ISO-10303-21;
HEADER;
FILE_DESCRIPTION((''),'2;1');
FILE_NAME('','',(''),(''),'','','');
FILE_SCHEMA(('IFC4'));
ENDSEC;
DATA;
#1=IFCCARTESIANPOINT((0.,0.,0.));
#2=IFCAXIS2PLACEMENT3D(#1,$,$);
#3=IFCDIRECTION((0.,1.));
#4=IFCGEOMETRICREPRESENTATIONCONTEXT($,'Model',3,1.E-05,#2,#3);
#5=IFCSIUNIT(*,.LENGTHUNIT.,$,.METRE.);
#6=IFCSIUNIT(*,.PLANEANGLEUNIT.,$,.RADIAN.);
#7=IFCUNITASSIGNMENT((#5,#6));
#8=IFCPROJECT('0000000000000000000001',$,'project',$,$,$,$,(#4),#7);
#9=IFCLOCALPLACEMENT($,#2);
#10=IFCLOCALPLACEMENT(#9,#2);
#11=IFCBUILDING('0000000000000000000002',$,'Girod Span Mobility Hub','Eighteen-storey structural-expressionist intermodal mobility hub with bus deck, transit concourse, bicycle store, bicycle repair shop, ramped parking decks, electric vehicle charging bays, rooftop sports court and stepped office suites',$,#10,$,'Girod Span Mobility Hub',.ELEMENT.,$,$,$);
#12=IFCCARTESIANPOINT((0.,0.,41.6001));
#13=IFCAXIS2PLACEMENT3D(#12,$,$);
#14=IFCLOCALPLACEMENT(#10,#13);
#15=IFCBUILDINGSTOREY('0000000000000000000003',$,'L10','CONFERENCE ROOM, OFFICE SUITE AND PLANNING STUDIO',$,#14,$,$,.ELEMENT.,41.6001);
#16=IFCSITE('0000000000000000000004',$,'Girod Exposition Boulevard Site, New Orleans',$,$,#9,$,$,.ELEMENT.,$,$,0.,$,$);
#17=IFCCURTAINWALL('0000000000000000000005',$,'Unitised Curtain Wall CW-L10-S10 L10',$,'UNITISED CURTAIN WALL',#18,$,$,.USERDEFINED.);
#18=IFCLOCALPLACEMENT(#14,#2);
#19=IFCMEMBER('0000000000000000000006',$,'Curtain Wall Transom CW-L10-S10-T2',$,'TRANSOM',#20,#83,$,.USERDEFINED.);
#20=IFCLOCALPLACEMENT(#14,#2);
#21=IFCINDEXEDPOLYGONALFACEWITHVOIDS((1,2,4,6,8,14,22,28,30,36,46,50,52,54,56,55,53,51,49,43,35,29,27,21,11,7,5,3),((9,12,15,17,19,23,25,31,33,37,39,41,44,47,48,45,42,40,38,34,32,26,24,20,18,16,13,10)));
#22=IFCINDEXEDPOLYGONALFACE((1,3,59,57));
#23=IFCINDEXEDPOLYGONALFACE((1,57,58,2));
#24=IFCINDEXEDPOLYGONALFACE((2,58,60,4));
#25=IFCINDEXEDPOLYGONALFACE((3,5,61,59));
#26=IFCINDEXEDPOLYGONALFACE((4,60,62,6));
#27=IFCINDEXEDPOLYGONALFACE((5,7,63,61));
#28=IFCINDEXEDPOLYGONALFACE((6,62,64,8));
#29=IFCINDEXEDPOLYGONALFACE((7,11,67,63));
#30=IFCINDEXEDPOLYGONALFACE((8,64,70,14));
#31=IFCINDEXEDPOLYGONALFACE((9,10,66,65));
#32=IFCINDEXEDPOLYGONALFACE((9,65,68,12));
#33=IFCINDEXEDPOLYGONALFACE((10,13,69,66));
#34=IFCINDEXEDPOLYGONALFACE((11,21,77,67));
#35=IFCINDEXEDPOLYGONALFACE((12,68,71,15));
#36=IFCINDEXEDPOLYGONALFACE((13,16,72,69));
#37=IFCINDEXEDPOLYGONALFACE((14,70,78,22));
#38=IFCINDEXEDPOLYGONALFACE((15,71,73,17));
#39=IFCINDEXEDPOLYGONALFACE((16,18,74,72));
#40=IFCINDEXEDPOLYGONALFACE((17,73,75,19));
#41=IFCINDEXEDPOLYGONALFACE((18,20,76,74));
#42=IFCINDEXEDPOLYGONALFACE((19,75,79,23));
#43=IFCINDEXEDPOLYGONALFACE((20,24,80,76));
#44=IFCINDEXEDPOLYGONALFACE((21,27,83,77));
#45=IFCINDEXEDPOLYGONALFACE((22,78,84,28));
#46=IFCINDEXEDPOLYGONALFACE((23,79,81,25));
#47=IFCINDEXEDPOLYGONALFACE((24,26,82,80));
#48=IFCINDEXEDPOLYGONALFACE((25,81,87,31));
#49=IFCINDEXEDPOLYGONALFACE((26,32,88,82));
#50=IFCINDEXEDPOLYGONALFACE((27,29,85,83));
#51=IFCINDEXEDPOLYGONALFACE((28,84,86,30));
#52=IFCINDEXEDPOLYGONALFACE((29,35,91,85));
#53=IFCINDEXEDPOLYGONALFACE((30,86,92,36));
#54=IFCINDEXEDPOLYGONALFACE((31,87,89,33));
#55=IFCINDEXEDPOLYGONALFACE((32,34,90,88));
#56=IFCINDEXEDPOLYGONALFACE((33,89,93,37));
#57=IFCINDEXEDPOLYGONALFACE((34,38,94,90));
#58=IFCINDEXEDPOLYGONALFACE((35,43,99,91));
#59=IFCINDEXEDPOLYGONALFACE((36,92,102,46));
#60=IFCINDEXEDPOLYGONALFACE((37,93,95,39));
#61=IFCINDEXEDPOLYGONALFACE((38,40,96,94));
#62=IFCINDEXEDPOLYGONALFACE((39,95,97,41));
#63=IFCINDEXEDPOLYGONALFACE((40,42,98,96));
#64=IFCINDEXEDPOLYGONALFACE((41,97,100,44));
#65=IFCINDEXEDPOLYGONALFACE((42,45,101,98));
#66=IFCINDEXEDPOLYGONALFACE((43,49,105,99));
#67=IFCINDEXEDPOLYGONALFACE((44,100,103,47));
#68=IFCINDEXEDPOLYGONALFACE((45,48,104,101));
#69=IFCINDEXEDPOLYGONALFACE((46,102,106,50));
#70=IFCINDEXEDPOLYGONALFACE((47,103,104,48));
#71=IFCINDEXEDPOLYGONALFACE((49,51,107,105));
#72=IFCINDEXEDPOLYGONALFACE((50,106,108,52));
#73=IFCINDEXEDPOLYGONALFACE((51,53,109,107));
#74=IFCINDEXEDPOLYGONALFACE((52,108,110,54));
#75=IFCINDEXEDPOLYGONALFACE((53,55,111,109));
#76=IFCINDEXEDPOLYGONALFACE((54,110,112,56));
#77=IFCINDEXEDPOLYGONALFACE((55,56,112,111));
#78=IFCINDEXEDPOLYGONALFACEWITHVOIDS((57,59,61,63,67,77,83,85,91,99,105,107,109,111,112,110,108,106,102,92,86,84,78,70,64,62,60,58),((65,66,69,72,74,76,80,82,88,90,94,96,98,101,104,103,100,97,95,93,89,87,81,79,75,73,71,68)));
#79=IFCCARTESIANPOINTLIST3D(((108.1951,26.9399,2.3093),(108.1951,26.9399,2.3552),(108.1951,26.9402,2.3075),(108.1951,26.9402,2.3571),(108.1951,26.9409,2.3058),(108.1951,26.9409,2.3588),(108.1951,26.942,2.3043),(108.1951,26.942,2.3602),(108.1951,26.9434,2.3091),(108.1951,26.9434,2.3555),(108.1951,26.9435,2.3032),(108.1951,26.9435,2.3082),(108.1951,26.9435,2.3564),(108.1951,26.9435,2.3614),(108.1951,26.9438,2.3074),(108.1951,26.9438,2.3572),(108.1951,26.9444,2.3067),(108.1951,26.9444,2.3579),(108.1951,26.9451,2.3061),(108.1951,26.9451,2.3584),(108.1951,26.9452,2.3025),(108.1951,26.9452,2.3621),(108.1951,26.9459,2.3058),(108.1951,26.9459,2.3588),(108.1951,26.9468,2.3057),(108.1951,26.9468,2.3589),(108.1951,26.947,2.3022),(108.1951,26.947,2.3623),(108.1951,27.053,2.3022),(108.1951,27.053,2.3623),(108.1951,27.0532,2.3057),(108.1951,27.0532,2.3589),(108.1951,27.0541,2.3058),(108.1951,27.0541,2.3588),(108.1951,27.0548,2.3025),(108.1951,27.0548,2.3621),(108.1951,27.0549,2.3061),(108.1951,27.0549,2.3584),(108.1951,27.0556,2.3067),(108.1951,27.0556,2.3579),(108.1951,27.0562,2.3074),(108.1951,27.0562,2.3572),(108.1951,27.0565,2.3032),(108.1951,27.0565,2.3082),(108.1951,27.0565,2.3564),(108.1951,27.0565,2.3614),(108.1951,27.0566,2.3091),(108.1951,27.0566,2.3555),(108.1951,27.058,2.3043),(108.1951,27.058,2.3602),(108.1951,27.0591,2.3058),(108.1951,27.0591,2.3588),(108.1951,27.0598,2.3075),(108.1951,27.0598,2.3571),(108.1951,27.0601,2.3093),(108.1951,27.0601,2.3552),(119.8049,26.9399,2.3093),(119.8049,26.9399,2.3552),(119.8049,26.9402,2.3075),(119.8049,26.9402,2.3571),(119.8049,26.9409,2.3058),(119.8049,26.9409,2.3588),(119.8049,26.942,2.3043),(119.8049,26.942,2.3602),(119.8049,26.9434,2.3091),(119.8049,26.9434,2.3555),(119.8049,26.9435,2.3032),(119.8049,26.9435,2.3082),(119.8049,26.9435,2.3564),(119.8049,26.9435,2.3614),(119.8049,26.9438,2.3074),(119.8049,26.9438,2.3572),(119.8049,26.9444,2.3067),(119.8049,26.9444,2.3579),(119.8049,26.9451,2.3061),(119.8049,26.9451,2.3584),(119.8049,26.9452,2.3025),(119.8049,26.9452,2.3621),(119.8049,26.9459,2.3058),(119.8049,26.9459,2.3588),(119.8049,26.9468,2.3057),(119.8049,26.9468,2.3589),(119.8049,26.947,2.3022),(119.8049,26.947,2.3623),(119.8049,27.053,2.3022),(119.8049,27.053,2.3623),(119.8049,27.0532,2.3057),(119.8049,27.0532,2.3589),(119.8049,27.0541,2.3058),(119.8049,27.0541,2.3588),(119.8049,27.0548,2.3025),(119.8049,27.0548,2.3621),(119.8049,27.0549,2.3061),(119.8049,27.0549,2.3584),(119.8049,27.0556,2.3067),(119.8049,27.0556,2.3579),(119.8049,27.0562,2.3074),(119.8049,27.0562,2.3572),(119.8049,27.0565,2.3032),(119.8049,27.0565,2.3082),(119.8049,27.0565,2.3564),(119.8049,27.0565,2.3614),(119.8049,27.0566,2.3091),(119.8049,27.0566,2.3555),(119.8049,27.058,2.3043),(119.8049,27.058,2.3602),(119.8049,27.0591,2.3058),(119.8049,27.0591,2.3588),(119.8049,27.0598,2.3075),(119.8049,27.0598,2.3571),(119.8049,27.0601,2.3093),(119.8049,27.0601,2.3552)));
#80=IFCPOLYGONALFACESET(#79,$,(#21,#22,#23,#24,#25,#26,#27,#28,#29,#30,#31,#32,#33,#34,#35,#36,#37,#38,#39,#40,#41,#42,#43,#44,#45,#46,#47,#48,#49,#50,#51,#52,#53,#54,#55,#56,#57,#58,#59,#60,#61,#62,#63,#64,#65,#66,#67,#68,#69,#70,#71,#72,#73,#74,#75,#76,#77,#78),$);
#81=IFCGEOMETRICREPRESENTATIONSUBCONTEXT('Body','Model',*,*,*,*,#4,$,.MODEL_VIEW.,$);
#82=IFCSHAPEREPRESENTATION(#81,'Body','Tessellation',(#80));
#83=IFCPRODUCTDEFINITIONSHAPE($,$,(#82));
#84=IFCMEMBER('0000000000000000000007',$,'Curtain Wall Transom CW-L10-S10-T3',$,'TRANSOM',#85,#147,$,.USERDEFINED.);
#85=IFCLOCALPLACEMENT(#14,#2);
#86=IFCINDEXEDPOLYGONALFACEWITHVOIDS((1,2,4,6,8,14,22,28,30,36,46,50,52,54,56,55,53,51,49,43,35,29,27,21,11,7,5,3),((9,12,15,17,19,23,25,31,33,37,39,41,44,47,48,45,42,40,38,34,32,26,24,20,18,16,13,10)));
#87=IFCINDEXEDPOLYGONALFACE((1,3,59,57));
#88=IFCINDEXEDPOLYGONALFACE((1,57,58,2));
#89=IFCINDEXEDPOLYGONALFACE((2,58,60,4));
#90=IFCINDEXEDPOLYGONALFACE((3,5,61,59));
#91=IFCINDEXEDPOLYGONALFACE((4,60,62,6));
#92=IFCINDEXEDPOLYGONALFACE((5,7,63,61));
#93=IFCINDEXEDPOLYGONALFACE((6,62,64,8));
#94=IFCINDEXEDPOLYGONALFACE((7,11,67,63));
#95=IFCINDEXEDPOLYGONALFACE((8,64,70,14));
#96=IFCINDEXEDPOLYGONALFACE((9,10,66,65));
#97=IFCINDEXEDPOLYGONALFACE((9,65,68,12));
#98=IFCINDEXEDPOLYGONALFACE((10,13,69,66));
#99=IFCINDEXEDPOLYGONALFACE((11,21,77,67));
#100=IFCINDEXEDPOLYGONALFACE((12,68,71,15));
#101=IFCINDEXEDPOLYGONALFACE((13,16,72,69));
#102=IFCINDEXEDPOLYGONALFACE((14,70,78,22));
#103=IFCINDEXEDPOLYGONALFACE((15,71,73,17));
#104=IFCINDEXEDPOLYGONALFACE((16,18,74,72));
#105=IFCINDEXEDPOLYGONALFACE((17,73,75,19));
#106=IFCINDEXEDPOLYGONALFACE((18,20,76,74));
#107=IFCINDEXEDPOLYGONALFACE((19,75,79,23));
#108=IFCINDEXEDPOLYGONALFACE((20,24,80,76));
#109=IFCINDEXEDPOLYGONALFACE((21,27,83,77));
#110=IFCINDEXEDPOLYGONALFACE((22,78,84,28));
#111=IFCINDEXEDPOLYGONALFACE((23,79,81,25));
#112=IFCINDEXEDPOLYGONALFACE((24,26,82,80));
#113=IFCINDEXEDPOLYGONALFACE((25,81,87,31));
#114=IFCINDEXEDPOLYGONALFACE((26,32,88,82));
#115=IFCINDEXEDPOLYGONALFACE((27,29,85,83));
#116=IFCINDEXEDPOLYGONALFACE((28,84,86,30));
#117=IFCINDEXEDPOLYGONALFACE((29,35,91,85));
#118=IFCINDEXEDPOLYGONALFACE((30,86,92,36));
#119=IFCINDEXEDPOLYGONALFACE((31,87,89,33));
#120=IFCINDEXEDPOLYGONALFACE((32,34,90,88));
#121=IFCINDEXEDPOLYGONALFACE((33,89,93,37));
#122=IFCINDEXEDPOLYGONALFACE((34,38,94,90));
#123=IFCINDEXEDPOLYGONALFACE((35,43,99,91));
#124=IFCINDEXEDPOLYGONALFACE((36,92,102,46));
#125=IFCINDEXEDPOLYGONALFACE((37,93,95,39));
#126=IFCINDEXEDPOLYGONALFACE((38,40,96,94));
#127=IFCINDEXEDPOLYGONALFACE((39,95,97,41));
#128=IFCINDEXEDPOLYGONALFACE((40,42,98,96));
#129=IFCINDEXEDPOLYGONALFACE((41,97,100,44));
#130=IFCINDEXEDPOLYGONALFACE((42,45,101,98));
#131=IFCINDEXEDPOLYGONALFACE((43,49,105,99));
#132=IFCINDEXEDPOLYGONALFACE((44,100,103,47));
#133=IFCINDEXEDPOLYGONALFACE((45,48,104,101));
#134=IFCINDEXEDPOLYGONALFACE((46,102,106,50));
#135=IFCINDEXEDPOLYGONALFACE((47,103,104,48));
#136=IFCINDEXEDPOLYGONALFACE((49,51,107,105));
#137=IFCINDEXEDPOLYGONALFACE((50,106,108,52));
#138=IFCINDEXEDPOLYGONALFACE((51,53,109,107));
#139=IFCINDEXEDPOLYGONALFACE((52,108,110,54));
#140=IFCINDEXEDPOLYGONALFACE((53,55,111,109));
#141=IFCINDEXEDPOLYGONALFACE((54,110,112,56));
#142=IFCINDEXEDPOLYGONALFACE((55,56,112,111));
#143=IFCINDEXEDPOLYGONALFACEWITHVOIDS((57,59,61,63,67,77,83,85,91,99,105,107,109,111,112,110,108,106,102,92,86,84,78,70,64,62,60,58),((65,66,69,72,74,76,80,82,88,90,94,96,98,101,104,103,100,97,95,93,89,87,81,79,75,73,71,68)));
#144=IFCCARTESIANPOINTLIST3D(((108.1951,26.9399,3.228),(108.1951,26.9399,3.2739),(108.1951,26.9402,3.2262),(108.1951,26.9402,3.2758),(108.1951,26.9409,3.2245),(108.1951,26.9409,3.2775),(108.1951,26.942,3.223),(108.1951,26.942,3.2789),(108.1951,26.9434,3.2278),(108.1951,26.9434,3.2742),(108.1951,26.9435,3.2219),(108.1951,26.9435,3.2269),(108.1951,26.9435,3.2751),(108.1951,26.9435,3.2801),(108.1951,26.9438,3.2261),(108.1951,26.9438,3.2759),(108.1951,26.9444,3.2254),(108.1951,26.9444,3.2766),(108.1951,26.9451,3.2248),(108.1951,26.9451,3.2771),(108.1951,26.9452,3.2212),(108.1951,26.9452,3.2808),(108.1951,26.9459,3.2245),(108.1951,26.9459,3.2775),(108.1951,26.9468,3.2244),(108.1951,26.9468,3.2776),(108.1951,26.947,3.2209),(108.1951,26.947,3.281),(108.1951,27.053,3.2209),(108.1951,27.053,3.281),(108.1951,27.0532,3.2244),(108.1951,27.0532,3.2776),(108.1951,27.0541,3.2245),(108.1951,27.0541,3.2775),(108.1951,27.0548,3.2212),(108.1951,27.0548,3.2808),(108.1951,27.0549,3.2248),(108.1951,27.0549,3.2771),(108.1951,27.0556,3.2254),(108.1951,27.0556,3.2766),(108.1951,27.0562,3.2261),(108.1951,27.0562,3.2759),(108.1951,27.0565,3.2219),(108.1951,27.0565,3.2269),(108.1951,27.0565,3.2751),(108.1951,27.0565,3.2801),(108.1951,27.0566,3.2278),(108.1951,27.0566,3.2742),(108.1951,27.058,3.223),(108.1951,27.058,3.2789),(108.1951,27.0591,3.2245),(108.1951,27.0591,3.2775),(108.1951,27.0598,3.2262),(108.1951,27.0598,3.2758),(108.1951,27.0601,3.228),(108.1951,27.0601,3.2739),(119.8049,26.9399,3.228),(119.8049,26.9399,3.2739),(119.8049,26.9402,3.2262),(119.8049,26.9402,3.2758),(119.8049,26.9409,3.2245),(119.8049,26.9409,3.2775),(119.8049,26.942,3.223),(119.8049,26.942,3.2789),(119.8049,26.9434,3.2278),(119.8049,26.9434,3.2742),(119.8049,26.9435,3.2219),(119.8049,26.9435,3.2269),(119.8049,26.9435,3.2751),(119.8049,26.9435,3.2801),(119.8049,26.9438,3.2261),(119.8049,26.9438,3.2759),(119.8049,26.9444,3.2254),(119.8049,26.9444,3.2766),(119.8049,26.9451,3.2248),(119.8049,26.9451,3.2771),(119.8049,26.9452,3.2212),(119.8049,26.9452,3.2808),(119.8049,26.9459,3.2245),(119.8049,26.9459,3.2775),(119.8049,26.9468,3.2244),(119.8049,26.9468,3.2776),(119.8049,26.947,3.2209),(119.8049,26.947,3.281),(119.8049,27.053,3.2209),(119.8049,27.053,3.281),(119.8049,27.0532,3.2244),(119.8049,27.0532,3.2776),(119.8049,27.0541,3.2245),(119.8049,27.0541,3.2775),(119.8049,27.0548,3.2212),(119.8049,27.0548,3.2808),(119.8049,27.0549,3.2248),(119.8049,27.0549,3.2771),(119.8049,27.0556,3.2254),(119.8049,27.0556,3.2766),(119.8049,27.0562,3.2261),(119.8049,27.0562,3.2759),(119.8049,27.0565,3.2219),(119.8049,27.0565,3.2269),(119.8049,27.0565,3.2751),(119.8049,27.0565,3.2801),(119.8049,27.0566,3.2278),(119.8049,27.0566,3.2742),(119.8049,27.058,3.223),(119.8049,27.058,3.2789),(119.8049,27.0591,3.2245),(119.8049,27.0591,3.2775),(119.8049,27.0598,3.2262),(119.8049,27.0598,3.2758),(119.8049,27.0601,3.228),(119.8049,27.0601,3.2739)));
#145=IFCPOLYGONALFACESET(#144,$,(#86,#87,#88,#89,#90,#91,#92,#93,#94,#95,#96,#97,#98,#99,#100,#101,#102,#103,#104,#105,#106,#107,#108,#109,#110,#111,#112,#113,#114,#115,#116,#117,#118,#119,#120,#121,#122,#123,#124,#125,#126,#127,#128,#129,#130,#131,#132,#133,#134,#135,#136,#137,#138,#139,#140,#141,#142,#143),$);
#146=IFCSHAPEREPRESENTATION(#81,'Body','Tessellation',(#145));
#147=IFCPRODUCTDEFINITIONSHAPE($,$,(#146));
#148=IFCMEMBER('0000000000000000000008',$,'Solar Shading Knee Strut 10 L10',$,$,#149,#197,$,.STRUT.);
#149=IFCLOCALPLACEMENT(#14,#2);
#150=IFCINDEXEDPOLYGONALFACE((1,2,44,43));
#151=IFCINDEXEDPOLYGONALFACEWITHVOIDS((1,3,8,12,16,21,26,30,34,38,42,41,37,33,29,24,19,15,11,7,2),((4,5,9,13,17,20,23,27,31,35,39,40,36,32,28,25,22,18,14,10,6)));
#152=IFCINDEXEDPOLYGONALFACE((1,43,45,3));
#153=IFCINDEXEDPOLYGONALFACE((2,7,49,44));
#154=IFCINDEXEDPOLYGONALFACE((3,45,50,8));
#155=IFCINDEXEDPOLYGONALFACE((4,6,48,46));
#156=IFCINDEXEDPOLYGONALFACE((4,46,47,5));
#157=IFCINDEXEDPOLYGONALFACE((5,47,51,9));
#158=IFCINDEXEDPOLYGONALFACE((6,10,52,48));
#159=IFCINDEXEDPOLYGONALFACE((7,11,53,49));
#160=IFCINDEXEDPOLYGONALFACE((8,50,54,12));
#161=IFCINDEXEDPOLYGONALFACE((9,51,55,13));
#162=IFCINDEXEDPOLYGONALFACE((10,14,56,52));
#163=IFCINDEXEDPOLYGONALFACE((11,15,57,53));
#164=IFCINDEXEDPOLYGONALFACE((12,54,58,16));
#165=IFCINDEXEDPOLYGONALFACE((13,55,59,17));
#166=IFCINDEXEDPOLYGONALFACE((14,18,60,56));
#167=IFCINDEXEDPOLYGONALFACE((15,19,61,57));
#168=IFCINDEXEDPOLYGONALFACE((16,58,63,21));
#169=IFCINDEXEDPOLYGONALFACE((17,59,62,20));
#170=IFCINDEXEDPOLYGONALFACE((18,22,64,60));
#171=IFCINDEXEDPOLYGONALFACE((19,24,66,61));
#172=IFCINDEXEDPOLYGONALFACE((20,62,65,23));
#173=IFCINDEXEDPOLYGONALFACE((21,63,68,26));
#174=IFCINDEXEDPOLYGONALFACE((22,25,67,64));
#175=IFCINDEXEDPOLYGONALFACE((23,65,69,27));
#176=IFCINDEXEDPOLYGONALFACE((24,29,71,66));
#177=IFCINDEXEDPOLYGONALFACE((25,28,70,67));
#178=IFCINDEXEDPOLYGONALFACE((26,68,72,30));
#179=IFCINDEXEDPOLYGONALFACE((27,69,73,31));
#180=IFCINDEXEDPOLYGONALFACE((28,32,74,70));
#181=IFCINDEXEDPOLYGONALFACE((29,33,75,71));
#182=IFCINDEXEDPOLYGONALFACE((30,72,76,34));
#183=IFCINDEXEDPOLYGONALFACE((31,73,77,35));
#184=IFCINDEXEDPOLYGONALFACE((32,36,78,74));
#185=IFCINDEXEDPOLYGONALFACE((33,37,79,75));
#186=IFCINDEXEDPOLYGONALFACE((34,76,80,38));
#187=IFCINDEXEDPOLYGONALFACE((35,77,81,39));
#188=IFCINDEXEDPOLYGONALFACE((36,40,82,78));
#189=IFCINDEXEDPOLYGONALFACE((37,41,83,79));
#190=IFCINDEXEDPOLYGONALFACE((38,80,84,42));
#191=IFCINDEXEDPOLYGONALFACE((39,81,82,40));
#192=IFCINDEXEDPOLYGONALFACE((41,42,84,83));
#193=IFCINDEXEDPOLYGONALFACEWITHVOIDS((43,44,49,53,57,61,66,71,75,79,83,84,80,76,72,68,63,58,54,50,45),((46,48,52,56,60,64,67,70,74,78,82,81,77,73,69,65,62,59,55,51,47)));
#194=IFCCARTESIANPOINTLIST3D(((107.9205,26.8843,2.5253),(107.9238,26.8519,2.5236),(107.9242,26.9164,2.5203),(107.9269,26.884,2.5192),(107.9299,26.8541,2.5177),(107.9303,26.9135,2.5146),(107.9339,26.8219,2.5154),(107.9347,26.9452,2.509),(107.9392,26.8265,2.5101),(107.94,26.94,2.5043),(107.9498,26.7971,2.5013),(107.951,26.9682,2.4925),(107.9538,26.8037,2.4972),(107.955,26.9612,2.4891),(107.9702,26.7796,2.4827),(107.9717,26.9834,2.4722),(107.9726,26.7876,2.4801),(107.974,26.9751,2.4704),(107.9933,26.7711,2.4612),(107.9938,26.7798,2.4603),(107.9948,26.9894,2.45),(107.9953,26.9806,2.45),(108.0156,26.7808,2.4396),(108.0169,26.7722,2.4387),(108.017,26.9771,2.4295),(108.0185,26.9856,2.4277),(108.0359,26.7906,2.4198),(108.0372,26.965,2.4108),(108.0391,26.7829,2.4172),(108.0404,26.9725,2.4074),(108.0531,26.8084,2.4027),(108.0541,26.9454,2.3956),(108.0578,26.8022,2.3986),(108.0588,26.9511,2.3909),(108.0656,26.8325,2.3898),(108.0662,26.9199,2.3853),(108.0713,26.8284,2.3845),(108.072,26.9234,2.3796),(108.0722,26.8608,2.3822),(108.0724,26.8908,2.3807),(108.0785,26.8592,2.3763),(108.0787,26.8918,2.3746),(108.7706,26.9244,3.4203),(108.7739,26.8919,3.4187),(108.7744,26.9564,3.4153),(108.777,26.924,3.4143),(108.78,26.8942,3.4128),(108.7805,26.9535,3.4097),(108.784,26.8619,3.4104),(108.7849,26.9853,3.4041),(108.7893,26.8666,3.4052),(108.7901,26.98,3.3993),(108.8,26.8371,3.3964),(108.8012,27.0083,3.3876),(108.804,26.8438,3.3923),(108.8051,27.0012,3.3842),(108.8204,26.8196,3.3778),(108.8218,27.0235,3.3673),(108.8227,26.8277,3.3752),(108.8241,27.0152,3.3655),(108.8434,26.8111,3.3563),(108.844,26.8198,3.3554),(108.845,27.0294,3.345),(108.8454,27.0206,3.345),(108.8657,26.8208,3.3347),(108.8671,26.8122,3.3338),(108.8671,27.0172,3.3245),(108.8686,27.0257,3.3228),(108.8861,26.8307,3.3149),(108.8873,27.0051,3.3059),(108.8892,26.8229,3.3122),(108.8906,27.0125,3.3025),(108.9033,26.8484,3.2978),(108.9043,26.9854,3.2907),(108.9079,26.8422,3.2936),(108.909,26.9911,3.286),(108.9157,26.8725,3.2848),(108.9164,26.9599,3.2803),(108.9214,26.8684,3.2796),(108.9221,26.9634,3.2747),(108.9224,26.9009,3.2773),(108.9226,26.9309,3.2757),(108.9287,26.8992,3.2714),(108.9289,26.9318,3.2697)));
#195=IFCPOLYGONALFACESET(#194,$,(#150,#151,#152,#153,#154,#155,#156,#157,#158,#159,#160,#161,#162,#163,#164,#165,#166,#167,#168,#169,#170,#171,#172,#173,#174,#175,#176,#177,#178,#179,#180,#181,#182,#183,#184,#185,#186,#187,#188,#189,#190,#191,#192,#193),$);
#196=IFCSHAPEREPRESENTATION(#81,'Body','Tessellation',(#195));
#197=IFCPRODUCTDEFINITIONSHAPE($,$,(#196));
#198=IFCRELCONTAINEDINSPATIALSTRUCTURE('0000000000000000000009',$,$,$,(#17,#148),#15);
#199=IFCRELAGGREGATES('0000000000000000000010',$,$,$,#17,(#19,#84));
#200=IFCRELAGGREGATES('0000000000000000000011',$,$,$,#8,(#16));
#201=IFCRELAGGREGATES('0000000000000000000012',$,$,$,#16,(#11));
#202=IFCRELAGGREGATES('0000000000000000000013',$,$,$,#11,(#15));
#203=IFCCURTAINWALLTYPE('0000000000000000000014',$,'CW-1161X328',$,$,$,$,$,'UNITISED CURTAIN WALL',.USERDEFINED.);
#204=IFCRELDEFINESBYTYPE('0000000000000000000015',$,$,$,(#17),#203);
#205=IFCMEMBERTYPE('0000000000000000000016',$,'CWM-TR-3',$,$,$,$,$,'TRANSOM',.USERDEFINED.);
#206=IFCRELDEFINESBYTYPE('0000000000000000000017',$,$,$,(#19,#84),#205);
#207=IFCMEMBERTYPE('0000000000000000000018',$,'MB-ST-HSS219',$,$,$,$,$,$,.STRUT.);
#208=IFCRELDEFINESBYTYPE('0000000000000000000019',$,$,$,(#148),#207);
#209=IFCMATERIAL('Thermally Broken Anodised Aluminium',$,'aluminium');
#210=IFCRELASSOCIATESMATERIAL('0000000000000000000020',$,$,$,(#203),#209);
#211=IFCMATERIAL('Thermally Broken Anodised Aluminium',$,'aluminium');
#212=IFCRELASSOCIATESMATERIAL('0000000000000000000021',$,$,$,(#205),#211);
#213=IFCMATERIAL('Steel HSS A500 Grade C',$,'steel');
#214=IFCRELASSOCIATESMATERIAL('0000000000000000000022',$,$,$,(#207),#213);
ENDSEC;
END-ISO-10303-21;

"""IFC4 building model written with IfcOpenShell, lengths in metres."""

from ifc_helpers import new_model, si_unit, direction, frame, origin, origin_2d, place, context, subcontext, project, spatial, hollow_rectangle, hollow_circle, extrude, material, material_profile, profile_set, type_object, element, aggregate, save


model = new_model("IFC4")

# Units and contexts
model_context = context("Model", 3, precision=1e-05, world=origin(), true_north=direction((0.0, 1.0)))
body_context = subcontext(model_context, "Body", "Model", "MODEL_VIEW")
ifc_project = project(units=[si_unit("LENGTHUNIT", "METRE"), si_unit("PLANEANGLEUNIT", "RADIAN")], contexts=[model_context])

# Site, building, storey
site_placement = place(None, origin())
site = spatial("IfcSite", under=ifc_project, at=site_placement, Name="Girod Exposition Boulevard Site, New Orleans", CompositionType="ELEMENT", RefElevation=0.0)
building_placement = place(site_placement, origin())
building = spatial("IfcBuilding", under=site, at=building_placement, Name="Girod Span Mobility Hub", Description="Eighteen-storey structural-expressionist intermodal mobility hub with bus deck, transit concourse, bicycle store, bicycle repair shop, ramped parking decks, electric vehicle charging bays, rooftop sports court and stepped office suites", LongName="Girod Span Mobility Hub", CompositionType="ELEMENT")
storey_placement = place(building_placement, frame((0.0, 0.0, 41.6001)))
storey = spatial("IfcBuildingStorey", under=building, at=storey_placement, Name="L10", Description="CONFERENCE ROOM, OFFICE SUITE AND PLANNING STUDIO", CompositionType="ELEMENT", Elevation=41.6001)

# Shared definitions
ifc_material_1 = material(Name="Thermally Broken Anodised Aluminium", Category="aluminium")
curtain_wall_type = type_object("IfcCurtainWallType", Name="CW-1161X328", ElementType="UNITISED CURTAIN WALL", PredefinedType="USERDEFINED", material=ifc_material_1)

# Curtain wall
curtain_wall_1_placement = place(storey_placement, origin())
curtain_wall_1 = element("IfcCurtainWall", 1, at=curtain_wall_1_placement, inside=storey, type_object=curtain_wall_type, Name="Unitised Curtain Wall CW-L10-S10 L10", ObjectType="UNITISED CURTAIN WALL", PredefinedType="USERDEFINED")

# Members
ifc_material_2 = material(Name="Thermally Broken Anodised Aluminium", Category="aluminium")
ifc_material_profile_1 = material_profile(ifc_material_2, hollow_rectangle(XDim=0.1201, YDim=0.0601, WallThickness=0.0034, InnerFilletRadius=0.0034, OuterFilletRadius=0.0071, at=origin_2d()), Name="CW-TR-60X120")
ifc_profile_set_1 = profile_set([ifc_material_profile_1], Name="Thermally Broken Anodised Aluminium")
member_type_1 = type_object("IfcMemberType", Name="CWM-TR-3", ElementType="TRANSOM", PredefinedType="USERDEFINED", material=ifc_profile_set_1)
member_1_placement = place(storey_placement, frame((108.1951, 27.0, 2.3323), z_axis=(1.0, 0.0, 0.0), x_axis=(0.0, 1.0, 0.0)))
member_1 = element("IfcMember", 2, at=member_1_placement, type_object=member_type_1, Name="Curtain Wall Transom CW-L10-S10-T2", ObjectType="TRANSOM", PredefinedType="USERDEFINED", context=body_context, shape_type="SweptSolid", body=[
    extrude(hollow_rectangle(XDim=0.1201, YDim=0.0601, WallThickness=0.0034, InnerFilletRadius=0.0034, OuterFilletRadius=0.0071, at=origin_2d()), origin(), (0.0, 0.0, 1.0), 11.6099),
])
member_2_placement = place(storey_placement, frame((108.1951, 27.0, 3.251), z_axis=(1.0, 0.0, 0.0), x_axis=(0.0, 1.0, 0.0)))
member_2 = element("IfcMember", 3, at=member_2_placement, type_object=member_type_1, Name="Curtain Wall Transom CW-L10-S10-T3", ObjectType="TRANSOM", PredefinedType="USERDEFINED", context=body_context, shape_type="SweptSolid", body=[
    extrude(hollow_rectangle(XDim=0.1201, YDim=0.0601, WallThickness=0.0034, InnerFilletRadius=0.0034, OuterFilletRadius=0.0071, at=origin_2d()), origin(), (0.0, 0.0, 1.0), 11.6099),
])
ifc_material_3 = material(Name="Steel HSS A500 Grade C", Category="steel")
ifc_material_profile_2 = material_profile(ifc_material_3, hollow_circle(Radius=0.1096, WallThickness=0.0088, at=origin_2d()), Name="HSS219X9.5")
ifc_profile_set_2 = profile_set([ifc_material_profile_2], Name="Steel HSS A500 Grade C")
member_type_2 = type_object("IfcMemberType", Name="MB-ST-HSS219", PredefinedType="STRUT", material=ifc_profile_set_2)
member_3_placement = place(storey_placement, frame((108.0, 26.8799, 2.45), z_axis=(0.688315, 0.032419, 0.724687), x_axis=(-0.047047, 0.998893, 0.0)))
element("IfcMember", 4, at=member_3_placement, inside=storey, type_object=member_type_2, Name="Solar Shading Knee Strut 10 L10", PredefinedType="STRUT", context=body_context, shape_type="SweptSolid", body=[
    extrude(hollow_circle(Radius=0.1096, WallThickness=0.0088, at=origin_2d()), origin(), (0.0, 0.0, 1.0), 1.2351),
])

aggregate(curtain_wall_1, [member_1, member_2])

save(model, "model.ifc")
